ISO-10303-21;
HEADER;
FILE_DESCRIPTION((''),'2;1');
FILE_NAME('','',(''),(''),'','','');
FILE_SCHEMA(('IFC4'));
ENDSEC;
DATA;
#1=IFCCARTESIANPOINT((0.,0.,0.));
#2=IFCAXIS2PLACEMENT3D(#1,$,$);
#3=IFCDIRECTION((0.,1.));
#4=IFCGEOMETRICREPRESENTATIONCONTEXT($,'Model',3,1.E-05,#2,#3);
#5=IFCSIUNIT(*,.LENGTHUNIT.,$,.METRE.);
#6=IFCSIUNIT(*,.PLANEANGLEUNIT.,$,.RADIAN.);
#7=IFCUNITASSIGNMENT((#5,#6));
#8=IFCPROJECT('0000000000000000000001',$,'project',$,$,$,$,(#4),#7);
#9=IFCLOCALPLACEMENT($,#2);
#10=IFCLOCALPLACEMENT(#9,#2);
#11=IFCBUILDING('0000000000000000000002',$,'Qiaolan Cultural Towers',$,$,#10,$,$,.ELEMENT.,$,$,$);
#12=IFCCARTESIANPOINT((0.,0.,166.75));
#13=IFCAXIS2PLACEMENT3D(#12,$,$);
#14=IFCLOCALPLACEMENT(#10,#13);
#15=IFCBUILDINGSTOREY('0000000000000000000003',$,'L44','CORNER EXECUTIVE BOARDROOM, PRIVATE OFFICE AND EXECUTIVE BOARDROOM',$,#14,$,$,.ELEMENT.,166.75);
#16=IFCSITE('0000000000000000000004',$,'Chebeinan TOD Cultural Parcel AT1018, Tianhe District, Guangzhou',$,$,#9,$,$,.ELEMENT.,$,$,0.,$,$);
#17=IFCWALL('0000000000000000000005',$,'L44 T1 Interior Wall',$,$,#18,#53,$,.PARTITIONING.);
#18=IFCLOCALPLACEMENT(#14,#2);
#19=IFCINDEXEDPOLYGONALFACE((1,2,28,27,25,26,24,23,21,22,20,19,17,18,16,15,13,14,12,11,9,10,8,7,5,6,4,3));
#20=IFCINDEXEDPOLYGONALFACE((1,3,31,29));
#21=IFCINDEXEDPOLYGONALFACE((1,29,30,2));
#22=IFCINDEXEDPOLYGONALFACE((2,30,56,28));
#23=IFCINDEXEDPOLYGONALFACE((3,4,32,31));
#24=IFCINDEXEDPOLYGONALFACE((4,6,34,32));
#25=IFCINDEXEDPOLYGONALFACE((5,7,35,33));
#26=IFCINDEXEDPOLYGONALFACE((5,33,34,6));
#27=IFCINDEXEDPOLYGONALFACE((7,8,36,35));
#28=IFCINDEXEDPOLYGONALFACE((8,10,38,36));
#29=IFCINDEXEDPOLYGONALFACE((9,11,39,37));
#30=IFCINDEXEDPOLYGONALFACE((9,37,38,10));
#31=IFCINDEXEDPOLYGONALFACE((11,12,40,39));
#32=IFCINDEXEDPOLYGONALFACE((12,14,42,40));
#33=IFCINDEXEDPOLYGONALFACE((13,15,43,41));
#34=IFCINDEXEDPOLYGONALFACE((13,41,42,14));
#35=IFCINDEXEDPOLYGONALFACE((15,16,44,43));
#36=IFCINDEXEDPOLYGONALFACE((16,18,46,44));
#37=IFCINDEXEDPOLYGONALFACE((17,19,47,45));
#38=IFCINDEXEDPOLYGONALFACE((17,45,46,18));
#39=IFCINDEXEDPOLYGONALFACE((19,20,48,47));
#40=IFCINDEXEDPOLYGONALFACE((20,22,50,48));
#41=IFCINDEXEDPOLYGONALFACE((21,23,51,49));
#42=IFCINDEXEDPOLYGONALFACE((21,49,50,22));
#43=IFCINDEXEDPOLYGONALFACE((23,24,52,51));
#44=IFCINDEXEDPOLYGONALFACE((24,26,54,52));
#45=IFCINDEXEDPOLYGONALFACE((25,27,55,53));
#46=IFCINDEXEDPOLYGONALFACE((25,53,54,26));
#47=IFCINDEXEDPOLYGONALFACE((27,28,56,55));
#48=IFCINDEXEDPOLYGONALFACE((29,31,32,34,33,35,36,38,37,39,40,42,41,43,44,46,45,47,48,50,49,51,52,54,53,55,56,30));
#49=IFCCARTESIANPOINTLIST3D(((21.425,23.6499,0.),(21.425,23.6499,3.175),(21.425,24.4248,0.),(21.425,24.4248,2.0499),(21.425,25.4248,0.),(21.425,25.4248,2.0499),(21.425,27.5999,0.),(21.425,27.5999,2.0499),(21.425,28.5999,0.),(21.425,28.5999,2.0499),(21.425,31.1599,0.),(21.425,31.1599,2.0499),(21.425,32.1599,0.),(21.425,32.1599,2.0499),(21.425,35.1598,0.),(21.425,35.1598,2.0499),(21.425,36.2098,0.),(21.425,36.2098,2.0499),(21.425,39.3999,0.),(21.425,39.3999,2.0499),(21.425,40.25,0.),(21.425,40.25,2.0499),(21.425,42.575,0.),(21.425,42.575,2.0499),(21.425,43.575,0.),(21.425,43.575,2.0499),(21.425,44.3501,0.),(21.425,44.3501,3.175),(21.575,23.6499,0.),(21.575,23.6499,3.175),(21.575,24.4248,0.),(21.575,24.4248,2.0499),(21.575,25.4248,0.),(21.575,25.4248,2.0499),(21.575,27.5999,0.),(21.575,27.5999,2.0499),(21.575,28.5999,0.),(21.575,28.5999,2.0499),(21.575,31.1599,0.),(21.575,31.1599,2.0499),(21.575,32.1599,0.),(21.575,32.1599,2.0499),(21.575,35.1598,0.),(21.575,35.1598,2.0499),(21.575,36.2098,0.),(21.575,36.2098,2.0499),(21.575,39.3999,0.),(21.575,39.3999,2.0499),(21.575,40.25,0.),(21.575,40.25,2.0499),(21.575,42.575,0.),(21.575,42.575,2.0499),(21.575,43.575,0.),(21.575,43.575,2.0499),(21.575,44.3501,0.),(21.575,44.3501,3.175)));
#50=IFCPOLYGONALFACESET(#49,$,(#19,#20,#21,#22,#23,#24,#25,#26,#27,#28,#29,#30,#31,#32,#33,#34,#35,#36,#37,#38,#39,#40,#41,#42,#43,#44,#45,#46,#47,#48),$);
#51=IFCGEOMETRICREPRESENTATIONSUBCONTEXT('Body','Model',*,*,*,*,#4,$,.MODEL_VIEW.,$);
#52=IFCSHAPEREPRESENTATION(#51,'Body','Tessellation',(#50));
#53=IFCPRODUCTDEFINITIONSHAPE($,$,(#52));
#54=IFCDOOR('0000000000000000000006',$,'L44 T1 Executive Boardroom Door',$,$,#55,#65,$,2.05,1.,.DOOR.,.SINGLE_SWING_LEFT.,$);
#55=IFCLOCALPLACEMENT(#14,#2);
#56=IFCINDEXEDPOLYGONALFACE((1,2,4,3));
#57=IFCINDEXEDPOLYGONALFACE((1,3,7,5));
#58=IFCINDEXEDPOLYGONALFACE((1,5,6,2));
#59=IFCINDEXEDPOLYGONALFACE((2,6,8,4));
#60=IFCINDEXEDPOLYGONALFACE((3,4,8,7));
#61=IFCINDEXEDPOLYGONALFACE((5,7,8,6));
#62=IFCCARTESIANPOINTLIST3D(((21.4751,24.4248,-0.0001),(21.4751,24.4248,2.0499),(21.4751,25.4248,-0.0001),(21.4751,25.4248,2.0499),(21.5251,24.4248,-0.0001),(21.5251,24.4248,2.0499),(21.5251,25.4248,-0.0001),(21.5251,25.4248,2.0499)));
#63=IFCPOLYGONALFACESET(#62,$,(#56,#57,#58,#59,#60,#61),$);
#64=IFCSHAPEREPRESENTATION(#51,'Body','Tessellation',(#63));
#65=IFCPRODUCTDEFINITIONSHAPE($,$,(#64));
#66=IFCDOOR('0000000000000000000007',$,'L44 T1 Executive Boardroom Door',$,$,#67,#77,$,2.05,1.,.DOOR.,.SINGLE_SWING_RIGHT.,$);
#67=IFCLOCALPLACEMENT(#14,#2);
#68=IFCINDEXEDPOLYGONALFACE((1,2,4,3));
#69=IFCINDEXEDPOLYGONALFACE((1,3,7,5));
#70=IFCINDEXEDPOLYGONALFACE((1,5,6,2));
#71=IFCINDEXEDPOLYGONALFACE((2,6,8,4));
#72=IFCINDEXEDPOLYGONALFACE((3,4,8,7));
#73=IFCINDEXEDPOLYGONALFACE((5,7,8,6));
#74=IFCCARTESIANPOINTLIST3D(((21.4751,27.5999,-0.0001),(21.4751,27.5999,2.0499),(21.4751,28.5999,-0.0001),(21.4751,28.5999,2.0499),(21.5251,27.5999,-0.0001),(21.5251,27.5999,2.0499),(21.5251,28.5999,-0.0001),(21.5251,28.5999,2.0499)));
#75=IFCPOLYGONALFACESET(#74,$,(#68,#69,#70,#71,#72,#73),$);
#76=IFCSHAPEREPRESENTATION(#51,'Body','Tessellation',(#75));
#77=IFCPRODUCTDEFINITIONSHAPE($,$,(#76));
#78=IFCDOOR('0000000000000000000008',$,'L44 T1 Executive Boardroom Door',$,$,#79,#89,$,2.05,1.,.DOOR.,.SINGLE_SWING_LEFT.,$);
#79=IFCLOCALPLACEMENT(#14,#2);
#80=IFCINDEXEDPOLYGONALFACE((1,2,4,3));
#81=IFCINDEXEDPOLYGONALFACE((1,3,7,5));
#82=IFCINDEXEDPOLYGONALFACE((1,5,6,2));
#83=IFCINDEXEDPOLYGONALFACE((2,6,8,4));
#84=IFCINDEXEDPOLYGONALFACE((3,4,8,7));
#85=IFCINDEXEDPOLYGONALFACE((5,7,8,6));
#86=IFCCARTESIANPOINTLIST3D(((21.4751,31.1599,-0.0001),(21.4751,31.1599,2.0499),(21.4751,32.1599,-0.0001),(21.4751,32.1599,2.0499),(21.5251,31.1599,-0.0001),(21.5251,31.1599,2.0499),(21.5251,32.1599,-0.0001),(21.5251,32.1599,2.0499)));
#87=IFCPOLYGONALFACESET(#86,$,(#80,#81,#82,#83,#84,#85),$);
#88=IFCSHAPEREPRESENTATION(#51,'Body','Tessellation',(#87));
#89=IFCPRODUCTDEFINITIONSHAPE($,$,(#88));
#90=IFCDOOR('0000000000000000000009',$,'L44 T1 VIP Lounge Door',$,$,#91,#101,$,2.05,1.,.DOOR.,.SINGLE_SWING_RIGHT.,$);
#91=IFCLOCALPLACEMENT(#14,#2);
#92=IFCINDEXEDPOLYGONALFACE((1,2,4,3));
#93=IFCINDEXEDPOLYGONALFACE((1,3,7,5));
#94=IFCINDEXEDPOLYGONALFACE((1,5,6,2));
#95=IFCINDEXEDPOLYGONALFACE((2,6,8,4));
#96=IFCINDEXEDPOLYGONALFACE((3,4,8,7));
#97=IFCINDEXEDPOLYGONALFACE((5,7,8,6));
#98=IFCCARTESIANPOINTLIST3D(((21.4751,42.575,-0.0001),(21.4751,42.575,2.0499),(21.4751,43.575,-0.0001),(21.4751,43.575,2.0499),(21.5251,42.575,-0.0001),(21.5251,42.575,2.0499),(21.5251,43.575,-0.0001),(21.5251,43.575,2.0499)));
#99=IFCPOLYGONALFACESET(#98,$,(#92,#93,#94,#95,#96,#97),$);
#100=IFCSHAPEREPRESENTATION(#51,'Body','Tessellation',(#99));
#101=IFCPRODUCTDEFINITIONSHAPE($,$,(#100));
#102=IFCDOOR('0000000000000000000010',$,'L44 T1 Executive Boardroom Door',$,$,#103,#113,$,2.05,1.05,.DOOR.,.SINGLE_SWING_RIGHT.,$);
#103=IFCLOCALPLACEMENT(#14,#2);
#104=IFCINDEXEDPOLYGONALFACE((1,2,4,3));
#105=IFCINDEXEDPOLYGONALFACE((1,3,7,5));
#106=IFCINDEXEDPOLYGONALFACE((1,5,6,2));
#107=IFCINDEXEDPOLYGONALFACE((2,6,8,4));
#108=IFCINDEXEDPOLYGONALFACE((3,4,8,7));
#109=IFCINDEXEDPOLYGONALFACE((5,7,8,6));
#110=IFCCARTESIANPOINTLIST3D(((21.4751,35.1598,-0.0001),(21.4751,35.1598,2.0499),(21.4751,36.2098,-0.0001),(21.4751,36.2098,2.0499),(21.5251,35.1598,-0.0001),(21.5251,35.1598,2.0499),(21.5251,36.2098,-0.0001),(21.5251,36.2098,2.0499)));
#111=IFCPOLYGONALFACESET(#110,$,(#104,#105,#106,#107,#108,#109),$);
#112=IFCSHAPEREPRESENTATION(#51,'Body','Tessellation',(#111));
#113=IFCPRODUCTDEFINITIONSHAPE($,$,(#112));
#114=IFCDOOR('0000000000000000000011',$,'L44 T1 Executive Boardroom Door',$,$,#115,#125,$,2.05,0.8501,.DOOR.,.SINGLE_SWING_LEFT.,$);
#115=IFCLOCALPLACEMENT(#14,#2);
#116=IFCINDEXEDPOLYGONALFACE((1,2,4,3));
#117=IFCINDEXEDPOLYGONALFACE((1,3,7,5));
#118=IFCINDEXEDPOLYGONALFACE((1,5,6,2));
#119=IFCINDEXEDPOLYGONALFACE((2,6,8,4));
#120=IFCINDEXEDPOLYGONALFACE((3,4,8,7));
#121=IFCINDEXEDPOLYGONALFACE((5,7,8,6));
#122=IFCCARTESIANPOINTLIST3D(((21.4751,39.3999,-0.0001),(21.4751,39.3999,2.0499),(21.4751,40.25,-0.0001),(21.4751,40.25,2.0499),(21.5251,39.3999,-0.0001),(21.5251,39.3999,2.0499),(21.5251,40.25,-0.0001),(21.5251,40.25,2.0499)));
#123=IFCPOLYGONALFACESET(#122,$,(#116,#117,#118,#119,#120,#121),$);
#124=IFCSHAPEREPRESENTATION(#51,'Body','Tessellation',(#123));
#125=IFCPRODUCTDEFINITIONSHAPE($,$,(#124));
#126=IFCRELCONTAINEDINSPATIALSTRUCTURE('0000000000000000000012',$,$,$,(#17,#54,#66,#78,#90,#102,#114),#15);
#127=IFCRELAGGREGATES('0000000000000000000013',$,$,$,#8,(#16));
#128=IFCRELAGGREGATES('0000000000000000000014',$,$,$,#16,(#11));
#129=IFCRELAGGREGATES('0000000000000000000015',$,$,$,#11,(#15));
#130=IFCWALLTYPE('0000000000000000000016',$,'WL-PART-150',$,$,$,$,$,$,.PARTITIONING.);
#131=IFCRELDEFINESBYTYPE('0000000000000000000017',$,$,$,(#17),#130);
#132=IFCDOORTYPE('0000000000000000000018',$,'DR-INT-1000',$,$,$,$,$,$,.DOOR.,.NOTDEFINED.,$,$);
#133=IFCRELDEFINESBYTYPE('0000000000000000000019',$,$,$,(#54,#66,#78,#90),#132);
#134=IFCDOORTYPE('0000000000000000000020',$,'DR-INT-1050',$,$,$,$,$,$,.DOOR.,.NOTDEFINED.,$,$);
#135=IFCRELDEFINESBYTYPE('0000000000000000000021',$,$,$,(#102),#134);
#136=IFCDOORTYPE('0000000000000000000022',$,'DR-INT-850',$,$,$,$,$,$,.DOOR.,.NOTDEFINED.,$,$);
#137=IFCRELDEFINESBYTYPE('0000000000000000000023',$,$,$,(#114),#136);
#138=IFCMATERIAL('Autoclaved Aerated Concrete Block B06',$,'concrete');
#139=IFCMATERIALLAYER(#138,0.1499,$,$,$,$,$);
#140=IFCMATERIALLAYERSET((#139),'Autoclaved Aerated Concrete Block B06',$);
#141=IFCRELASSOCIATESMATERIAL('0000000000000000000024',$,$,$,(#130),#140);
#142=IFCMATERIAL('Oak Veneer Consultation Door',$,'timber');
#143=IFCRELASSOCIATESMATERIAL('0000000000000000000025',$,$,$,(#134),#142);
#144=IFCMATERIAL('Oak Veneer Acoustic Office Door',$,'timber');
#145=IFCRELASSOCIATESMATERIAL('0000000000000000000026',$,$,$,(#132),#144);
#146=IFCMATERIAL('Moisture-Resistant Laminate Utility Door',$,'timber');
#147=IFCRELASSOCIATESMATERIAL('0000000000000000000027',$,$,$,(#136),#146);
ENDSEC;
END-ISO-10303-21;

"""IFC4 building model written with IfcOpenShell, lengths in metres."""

from ifc_helpers import new_model, si_unit, direction, frame, frame_2d, origin, place, context, subcontext, project, spatial, rectangle, extrude, material, layer, layer_set, type_object, element, fill, save


model = new_model("IFC4")

# Units and contexts
model_context = context("Model", 3, precision=1e-05, world=origin(), true_north=direction((0.0, 1.0)))
body_context = subcontext(model_context, "Body", "Model", "MODEL_VIEW")
ifc_project = project(units=[si_unit("LENGTHUNIT", "METRE"), si_unit("PLANEANGLEUNIT", "RADIAN")], contexts=[model_context])

# Site, building, storey
site_placement = place(None, origin())
site = spatial("IfcSite", under=ifc_project, at=site_placement, Name="Chebeinan TOD Cultural Parcel AT1018, Tianhe District, Guangzhou", CompositionType="ELEMENT", RefElevation=0.0)
building_placement = place(site_placement, origin())
building = spatial("IfcBuilding", under=site, at=building_placement, Name="Qiaolan Cultural Towers", CompositionType="ELEMENT")
storey_placement = place(building_placement, frame((0.0, 0.0, 166.75)))
storey = spatial("IfcBuildingStorey", under=building, at=storey_placement, Name="L44", Description="CORNER EXECUTIVE BOARDROOM, PRIVATE OFFICE AND EXECUTIVE BOARDROOM", CompositionType="ELEMENT", Elevation=166.75)

# Shared definitions
ifc_material_1 = material(Name="Autoclaved Aerated Concrete Block B06", Category="concrete")
ifc_layer_1 = layer(ifc_material_1, 0.1499)
ifc_layer_set_1 = layer_set([ifc_layer_1], Name="Autoclaved Aerated Concrete Block B06")
wall_type_1 = type_object("IfcWallType", Name="WL-PART-150", PredefinedType="PARTITIONING", material=ifc_layer_set_1)
ifc_material_2 = material(Name="Oak Veneer Consultation Door", Category="timber")
door_type_1 = type_object("IfcDoorType", Name="DR-INT-1050", OperationType="NOTDEFINED", PredefinedType="DOOR", material=ifc_material_2)

# Wall, openings, doors
wall_1_placement = place(storey_placement, frame((21.5, 23.6499, 0.0), z_axis=(0.0, 0.0, 1.0), x_axis=(0.0, 1.0, 0.0)))
wall_1 = element("IfcWall", 1, at=wall_1_placement, inside=storey, type_object=wall_type_1, Name="L44 T1 Interior Wall", PredefinedType="PARTITIONING", context=body_context, shape_type="SweptSolid", body=[
    extrude(rectangle(XDim=20.7002, YDim=0.1499, at=frame_2d((10.3501, 0.0))), origin(), (0.0, 0.0, 1.0), 3.175),
])
opening_1_placement = place(wall_1_placement, frame((0.7749, 0.0, 0.0)))
opening_1 = element("IfcOpeningElement", 2, at=opening_1_placement, cuts=wall_1, PredefinedType="OPENING", context=body_context, shape_type="SweptSolid", body=[
    extrude(rectangle(XDim=1.0, YDim=2.05, at=frame_2d((0.5, 1.0249))), frame((0.0, 0.085, 0.0), z_axis=(0.0, -1.0, 0.0), x_axis=(1.0, 0.0, 0.0)), (0.0, 0.0, 1.0), 0.1699),
])
opening_2_placement = place(wall_1_placement, frame((3.95, 0.0, 0.0)))
opening_2 = element("IfcOpeningElement", 3, at=opening_2_placement, cuts=wall_1, PredefinedType="OPENING", context=body_context, shape_type="SweptSolid", body=[
    extrude(rectangle(XDim=1.0, YDim=2.05, at=frame_2d((0.5, 1.0249))), frame((0.0, 0.085, 0.0), z_axis=(0.0, -1.0, 0.0), x_axis=(1.0, 0.0, 0.0)), (0.0, 0.0, 1.0), 0.1699),
])
opening_3_placement = place(wall_1_placement, frame((7.51, 0.0, 0.0)))
opening_3 = element("IfcOpeningElement", 4, at=opening_3_placement, cuts=wall_1, PredefinedType="OPENING", context=body_context, shape_type="SweptSolid", body=[
    extrude(rectangle(XDim=1.0, YDim=2.05, at=frame_2d((0.5, 1.0249))), frame((0.0, 0.085, 0.0), z_axis=(0.0, -1.0, 0.0), x_axis=(1.0, 0.0, 0.0)), (0.0, 0.0, 1.0), 0.1699),
])
opening_4_placement = place(wall_1_placement, frame((11.51, 0.0, 0.0)))
opening_4 = element("IfcOpeningElement", 5, at=opening_4_placement, cuts=wall_1, PredefinedType="OPENING", context=body_context, shape_type="SweptSolid", body=[
    extrude(rectangle(XDim=1.05, YDim=2.05, at=frame_2d((0.5249, 1.0249))), frame((0.0, 0.085, 0.0), z_axis=(0.0, -1.0, 0.0), x_axis=(1.0, 0.0, 0.0)), (0.0, 0.0, 1.0), 0.1699),
])
opening_5_placement = place(wall_1_placement, frame((15.75, 0.0, 0.0)))
opening_5 = element("IfcOpeningElement", 6, at=opening_5_placement, cuts=wall_1, PredefinedType="OPENING", context=body_context, shape_type="SweptSolid", body=[
    extrude(rectangle(XDim=0.8501, YDim=2.05, at=frame_2d((0.425, 1.0249))), frame((0.0, 0.085, 0.0), z_axis=(0.0, -1.0, 0.0), x_axis=(1.0, 0.0, 0.0)), (0.0, 0.0, 1.0), 0.1699),
])
opening_6_placement = place(wall_1_placement, frame((18.925, 0.0, 0.0)))
opening_6 = element("IfcOpeningElement", 7, at=opening_6_placement, cuts=wall_1, PredefinedType="OPENING", context=body_context, shape_type="SweptSolid", body=[
    extrude(rectangle(XDim=1.0, YDim=2.05, at=frame_2d((0.5, 1.0249))), frame((0.0, 0.085, 0.0), z_axis=(0.0, -1.0, 0.0), x_axis=(1.0, 0.0, 0.0)), (0.0, 0.0, 1.0), 0.1699),
])
ifc_material_3 = material(Name="Oak Veneer Acoustic Office Door", Category="timber")
door_type_2 = type_object("IfcDoorType", Name="DR-INT-1000", OperationType="NOTDEFINED", PredefinedType="DOOR", material=ifc_material_3)
door_1_placement = place(opening_1_placement, origin())
door_1 = element("IfcDoor", 8, at=door_1_placement, inside=storey, type_object=door_type_2, Name="L44 T1 Executive Boardroom Door", OperationType="SINGLE_SWING_LEFT", OverallHeight=2.05, OverallWidth=1.0, PredefinedType="DOOR", context=body_context, shape_type="SweptSolid", body=[
    extrude(rectangle(XDim=1.0, YDim=2.05, at=frame_2d((0.5, 1.0249))), frame((0.0, 0.0249, 0.0), z_axis=(0.0, -1.0, 0.0), x_axis=(1.0, 0.0, 0.0)), (0.0, 0.0, 1.0), 0.05),
])
fill(opening_1, door_1)
door_2_placement = place(opening_2_placement, origin())
door_2 = element("IfcDoor", 9, at=door_2_placement, inside=storey, type_object=door_type_2, Name="L44 T1 Executive Boardroom Door", OperationType="SINGLE_SWING_RIGHT", OverallHeight=2.05, OverallWidth=1.0, PredefinedType="DOOR", context=body_context, shape_type="SweptSolid", body=[
    extrude(rectangle(XDim=1.0, YDim=2.05, at=frame_2d((0.5, 1.0249))), frame((0.0, 0.0249, 0.0), z_axis=(0.0, -1.0, 0.0), x_axis=(1.0, 0.0, 0.0)), (0.0, 0.0, 1.0), 0.05),
])
fill(opening_2, door_2)
door_3_placement = place(opening_3_placement, origin())
door_3 = element("IfcDoor", 10, at=door_3_placement, inside=storey, type_object=door_type_2, Name="L44 T1 Executive Boardroom Door", OperationType="SINGLE_SWING_LEFT", OverallHeight=2.05, OverallWidth=1.0, PredefinedType="DOOR", context=body_context, shape_type="SweptSolid", body=[
    extrude(rectangle(XDim=1.0, YDim=2.05, at=frame_2d((0.5, 1.0249))), frame((0.0, 0.0249, 0.0), z_axis=(0.0, -1.0, 0.0), x_axis=(1.0, 0.0, 0.0)), (0.0, 0.0, 1.0), 0.05),
])
fill(opening_3, door_3)
door_4_placement = place(opening_6_placement, origin())
door_4 = element("IfcDoor", 11, at=door_4_placement, inside=storey, type_object=door_type_2, Name="L44 T1 VIP Lounge Door", OperationType="SINGLE_SWING_RIGHT", OverallHeight=2.05, OverallWidth=1.0, PredefinedType="DOOR", context=body_context, shape_type="SweptSolid", body=[
    extrude(rectangle(XDim=1.0, YDim=2.05, at=frame_2d((0.5, 1.0249))), frame((0.0, 0.0249, 0.0), z_axis=(0.0, -1.0, 0.0), x_axis=(1.0, 0.0, 0.0)), (0.0, 0.0, 1.0), 0.05),
])
fill(opening_6, door_4)
door_5_placement = place(opening_4_placement, origin())
door_5 = element("IfcDoor", 12, at=door_5_placement, inside=storey, type_object=door_type_1, Name="L44 T1 Executive Boardroom Door", OperationType="SINGLE_SWING_RIGHT", OverallHeight=2.05, OverallWidth=1.05, PredefinedType="DOOR", context=body_context, shape_type="SweptSolid", body=[
    extrude(rectangle(XDim=1.05, YDim=2.05, at=frame_2d((0.5249, 1.0249))), frame((0.0, 0.0249, 0.0), z_axis=(0.0, -1.0, 0.0), x_axis=(1.0, 0.0, 0.0)), (0.0, 0.0, 1.0), 0.05),
])
fill(opening_4, door_5)
ifc_material_4 = material(Name="Moisture-Resistant Laminate Utility Door", Category="timber")
door_type_3 = type_object("IfcDoorType", Name="DR-INT-850", OperationType="NOTDEFINED", PredefinedType="DOOR", material=ifc_material_4)
door_6_placement = place(opening_5_placement, origin())
door_6 = element("IfcDoor", 13, at=door_6_placement, inside=storey, type_object=door_type_3, Name="L44 T1 Executive Boardroom Door", OperationType="SINGLE_SWING_LEFT", OverallHeight=2.05, OverallWidth=0.8501, PredefinedType="DOOR", context=body_context, shape_type="SweptSolid", body=[
    extrude(rectangle(XDim=0.8501, YDim=2.05, at=frame_2d((0.425, 1.0249))), frame((0.0, 0.0249, 0.0), z_axis=(0.0, -1.0, 0.0), x_axis=(1.0, 0.0, 0.0)), (0.0, 0.0, 1.0), 0.05),
])
fill(opening_5, door_6)

save(model, "model.ifc")
